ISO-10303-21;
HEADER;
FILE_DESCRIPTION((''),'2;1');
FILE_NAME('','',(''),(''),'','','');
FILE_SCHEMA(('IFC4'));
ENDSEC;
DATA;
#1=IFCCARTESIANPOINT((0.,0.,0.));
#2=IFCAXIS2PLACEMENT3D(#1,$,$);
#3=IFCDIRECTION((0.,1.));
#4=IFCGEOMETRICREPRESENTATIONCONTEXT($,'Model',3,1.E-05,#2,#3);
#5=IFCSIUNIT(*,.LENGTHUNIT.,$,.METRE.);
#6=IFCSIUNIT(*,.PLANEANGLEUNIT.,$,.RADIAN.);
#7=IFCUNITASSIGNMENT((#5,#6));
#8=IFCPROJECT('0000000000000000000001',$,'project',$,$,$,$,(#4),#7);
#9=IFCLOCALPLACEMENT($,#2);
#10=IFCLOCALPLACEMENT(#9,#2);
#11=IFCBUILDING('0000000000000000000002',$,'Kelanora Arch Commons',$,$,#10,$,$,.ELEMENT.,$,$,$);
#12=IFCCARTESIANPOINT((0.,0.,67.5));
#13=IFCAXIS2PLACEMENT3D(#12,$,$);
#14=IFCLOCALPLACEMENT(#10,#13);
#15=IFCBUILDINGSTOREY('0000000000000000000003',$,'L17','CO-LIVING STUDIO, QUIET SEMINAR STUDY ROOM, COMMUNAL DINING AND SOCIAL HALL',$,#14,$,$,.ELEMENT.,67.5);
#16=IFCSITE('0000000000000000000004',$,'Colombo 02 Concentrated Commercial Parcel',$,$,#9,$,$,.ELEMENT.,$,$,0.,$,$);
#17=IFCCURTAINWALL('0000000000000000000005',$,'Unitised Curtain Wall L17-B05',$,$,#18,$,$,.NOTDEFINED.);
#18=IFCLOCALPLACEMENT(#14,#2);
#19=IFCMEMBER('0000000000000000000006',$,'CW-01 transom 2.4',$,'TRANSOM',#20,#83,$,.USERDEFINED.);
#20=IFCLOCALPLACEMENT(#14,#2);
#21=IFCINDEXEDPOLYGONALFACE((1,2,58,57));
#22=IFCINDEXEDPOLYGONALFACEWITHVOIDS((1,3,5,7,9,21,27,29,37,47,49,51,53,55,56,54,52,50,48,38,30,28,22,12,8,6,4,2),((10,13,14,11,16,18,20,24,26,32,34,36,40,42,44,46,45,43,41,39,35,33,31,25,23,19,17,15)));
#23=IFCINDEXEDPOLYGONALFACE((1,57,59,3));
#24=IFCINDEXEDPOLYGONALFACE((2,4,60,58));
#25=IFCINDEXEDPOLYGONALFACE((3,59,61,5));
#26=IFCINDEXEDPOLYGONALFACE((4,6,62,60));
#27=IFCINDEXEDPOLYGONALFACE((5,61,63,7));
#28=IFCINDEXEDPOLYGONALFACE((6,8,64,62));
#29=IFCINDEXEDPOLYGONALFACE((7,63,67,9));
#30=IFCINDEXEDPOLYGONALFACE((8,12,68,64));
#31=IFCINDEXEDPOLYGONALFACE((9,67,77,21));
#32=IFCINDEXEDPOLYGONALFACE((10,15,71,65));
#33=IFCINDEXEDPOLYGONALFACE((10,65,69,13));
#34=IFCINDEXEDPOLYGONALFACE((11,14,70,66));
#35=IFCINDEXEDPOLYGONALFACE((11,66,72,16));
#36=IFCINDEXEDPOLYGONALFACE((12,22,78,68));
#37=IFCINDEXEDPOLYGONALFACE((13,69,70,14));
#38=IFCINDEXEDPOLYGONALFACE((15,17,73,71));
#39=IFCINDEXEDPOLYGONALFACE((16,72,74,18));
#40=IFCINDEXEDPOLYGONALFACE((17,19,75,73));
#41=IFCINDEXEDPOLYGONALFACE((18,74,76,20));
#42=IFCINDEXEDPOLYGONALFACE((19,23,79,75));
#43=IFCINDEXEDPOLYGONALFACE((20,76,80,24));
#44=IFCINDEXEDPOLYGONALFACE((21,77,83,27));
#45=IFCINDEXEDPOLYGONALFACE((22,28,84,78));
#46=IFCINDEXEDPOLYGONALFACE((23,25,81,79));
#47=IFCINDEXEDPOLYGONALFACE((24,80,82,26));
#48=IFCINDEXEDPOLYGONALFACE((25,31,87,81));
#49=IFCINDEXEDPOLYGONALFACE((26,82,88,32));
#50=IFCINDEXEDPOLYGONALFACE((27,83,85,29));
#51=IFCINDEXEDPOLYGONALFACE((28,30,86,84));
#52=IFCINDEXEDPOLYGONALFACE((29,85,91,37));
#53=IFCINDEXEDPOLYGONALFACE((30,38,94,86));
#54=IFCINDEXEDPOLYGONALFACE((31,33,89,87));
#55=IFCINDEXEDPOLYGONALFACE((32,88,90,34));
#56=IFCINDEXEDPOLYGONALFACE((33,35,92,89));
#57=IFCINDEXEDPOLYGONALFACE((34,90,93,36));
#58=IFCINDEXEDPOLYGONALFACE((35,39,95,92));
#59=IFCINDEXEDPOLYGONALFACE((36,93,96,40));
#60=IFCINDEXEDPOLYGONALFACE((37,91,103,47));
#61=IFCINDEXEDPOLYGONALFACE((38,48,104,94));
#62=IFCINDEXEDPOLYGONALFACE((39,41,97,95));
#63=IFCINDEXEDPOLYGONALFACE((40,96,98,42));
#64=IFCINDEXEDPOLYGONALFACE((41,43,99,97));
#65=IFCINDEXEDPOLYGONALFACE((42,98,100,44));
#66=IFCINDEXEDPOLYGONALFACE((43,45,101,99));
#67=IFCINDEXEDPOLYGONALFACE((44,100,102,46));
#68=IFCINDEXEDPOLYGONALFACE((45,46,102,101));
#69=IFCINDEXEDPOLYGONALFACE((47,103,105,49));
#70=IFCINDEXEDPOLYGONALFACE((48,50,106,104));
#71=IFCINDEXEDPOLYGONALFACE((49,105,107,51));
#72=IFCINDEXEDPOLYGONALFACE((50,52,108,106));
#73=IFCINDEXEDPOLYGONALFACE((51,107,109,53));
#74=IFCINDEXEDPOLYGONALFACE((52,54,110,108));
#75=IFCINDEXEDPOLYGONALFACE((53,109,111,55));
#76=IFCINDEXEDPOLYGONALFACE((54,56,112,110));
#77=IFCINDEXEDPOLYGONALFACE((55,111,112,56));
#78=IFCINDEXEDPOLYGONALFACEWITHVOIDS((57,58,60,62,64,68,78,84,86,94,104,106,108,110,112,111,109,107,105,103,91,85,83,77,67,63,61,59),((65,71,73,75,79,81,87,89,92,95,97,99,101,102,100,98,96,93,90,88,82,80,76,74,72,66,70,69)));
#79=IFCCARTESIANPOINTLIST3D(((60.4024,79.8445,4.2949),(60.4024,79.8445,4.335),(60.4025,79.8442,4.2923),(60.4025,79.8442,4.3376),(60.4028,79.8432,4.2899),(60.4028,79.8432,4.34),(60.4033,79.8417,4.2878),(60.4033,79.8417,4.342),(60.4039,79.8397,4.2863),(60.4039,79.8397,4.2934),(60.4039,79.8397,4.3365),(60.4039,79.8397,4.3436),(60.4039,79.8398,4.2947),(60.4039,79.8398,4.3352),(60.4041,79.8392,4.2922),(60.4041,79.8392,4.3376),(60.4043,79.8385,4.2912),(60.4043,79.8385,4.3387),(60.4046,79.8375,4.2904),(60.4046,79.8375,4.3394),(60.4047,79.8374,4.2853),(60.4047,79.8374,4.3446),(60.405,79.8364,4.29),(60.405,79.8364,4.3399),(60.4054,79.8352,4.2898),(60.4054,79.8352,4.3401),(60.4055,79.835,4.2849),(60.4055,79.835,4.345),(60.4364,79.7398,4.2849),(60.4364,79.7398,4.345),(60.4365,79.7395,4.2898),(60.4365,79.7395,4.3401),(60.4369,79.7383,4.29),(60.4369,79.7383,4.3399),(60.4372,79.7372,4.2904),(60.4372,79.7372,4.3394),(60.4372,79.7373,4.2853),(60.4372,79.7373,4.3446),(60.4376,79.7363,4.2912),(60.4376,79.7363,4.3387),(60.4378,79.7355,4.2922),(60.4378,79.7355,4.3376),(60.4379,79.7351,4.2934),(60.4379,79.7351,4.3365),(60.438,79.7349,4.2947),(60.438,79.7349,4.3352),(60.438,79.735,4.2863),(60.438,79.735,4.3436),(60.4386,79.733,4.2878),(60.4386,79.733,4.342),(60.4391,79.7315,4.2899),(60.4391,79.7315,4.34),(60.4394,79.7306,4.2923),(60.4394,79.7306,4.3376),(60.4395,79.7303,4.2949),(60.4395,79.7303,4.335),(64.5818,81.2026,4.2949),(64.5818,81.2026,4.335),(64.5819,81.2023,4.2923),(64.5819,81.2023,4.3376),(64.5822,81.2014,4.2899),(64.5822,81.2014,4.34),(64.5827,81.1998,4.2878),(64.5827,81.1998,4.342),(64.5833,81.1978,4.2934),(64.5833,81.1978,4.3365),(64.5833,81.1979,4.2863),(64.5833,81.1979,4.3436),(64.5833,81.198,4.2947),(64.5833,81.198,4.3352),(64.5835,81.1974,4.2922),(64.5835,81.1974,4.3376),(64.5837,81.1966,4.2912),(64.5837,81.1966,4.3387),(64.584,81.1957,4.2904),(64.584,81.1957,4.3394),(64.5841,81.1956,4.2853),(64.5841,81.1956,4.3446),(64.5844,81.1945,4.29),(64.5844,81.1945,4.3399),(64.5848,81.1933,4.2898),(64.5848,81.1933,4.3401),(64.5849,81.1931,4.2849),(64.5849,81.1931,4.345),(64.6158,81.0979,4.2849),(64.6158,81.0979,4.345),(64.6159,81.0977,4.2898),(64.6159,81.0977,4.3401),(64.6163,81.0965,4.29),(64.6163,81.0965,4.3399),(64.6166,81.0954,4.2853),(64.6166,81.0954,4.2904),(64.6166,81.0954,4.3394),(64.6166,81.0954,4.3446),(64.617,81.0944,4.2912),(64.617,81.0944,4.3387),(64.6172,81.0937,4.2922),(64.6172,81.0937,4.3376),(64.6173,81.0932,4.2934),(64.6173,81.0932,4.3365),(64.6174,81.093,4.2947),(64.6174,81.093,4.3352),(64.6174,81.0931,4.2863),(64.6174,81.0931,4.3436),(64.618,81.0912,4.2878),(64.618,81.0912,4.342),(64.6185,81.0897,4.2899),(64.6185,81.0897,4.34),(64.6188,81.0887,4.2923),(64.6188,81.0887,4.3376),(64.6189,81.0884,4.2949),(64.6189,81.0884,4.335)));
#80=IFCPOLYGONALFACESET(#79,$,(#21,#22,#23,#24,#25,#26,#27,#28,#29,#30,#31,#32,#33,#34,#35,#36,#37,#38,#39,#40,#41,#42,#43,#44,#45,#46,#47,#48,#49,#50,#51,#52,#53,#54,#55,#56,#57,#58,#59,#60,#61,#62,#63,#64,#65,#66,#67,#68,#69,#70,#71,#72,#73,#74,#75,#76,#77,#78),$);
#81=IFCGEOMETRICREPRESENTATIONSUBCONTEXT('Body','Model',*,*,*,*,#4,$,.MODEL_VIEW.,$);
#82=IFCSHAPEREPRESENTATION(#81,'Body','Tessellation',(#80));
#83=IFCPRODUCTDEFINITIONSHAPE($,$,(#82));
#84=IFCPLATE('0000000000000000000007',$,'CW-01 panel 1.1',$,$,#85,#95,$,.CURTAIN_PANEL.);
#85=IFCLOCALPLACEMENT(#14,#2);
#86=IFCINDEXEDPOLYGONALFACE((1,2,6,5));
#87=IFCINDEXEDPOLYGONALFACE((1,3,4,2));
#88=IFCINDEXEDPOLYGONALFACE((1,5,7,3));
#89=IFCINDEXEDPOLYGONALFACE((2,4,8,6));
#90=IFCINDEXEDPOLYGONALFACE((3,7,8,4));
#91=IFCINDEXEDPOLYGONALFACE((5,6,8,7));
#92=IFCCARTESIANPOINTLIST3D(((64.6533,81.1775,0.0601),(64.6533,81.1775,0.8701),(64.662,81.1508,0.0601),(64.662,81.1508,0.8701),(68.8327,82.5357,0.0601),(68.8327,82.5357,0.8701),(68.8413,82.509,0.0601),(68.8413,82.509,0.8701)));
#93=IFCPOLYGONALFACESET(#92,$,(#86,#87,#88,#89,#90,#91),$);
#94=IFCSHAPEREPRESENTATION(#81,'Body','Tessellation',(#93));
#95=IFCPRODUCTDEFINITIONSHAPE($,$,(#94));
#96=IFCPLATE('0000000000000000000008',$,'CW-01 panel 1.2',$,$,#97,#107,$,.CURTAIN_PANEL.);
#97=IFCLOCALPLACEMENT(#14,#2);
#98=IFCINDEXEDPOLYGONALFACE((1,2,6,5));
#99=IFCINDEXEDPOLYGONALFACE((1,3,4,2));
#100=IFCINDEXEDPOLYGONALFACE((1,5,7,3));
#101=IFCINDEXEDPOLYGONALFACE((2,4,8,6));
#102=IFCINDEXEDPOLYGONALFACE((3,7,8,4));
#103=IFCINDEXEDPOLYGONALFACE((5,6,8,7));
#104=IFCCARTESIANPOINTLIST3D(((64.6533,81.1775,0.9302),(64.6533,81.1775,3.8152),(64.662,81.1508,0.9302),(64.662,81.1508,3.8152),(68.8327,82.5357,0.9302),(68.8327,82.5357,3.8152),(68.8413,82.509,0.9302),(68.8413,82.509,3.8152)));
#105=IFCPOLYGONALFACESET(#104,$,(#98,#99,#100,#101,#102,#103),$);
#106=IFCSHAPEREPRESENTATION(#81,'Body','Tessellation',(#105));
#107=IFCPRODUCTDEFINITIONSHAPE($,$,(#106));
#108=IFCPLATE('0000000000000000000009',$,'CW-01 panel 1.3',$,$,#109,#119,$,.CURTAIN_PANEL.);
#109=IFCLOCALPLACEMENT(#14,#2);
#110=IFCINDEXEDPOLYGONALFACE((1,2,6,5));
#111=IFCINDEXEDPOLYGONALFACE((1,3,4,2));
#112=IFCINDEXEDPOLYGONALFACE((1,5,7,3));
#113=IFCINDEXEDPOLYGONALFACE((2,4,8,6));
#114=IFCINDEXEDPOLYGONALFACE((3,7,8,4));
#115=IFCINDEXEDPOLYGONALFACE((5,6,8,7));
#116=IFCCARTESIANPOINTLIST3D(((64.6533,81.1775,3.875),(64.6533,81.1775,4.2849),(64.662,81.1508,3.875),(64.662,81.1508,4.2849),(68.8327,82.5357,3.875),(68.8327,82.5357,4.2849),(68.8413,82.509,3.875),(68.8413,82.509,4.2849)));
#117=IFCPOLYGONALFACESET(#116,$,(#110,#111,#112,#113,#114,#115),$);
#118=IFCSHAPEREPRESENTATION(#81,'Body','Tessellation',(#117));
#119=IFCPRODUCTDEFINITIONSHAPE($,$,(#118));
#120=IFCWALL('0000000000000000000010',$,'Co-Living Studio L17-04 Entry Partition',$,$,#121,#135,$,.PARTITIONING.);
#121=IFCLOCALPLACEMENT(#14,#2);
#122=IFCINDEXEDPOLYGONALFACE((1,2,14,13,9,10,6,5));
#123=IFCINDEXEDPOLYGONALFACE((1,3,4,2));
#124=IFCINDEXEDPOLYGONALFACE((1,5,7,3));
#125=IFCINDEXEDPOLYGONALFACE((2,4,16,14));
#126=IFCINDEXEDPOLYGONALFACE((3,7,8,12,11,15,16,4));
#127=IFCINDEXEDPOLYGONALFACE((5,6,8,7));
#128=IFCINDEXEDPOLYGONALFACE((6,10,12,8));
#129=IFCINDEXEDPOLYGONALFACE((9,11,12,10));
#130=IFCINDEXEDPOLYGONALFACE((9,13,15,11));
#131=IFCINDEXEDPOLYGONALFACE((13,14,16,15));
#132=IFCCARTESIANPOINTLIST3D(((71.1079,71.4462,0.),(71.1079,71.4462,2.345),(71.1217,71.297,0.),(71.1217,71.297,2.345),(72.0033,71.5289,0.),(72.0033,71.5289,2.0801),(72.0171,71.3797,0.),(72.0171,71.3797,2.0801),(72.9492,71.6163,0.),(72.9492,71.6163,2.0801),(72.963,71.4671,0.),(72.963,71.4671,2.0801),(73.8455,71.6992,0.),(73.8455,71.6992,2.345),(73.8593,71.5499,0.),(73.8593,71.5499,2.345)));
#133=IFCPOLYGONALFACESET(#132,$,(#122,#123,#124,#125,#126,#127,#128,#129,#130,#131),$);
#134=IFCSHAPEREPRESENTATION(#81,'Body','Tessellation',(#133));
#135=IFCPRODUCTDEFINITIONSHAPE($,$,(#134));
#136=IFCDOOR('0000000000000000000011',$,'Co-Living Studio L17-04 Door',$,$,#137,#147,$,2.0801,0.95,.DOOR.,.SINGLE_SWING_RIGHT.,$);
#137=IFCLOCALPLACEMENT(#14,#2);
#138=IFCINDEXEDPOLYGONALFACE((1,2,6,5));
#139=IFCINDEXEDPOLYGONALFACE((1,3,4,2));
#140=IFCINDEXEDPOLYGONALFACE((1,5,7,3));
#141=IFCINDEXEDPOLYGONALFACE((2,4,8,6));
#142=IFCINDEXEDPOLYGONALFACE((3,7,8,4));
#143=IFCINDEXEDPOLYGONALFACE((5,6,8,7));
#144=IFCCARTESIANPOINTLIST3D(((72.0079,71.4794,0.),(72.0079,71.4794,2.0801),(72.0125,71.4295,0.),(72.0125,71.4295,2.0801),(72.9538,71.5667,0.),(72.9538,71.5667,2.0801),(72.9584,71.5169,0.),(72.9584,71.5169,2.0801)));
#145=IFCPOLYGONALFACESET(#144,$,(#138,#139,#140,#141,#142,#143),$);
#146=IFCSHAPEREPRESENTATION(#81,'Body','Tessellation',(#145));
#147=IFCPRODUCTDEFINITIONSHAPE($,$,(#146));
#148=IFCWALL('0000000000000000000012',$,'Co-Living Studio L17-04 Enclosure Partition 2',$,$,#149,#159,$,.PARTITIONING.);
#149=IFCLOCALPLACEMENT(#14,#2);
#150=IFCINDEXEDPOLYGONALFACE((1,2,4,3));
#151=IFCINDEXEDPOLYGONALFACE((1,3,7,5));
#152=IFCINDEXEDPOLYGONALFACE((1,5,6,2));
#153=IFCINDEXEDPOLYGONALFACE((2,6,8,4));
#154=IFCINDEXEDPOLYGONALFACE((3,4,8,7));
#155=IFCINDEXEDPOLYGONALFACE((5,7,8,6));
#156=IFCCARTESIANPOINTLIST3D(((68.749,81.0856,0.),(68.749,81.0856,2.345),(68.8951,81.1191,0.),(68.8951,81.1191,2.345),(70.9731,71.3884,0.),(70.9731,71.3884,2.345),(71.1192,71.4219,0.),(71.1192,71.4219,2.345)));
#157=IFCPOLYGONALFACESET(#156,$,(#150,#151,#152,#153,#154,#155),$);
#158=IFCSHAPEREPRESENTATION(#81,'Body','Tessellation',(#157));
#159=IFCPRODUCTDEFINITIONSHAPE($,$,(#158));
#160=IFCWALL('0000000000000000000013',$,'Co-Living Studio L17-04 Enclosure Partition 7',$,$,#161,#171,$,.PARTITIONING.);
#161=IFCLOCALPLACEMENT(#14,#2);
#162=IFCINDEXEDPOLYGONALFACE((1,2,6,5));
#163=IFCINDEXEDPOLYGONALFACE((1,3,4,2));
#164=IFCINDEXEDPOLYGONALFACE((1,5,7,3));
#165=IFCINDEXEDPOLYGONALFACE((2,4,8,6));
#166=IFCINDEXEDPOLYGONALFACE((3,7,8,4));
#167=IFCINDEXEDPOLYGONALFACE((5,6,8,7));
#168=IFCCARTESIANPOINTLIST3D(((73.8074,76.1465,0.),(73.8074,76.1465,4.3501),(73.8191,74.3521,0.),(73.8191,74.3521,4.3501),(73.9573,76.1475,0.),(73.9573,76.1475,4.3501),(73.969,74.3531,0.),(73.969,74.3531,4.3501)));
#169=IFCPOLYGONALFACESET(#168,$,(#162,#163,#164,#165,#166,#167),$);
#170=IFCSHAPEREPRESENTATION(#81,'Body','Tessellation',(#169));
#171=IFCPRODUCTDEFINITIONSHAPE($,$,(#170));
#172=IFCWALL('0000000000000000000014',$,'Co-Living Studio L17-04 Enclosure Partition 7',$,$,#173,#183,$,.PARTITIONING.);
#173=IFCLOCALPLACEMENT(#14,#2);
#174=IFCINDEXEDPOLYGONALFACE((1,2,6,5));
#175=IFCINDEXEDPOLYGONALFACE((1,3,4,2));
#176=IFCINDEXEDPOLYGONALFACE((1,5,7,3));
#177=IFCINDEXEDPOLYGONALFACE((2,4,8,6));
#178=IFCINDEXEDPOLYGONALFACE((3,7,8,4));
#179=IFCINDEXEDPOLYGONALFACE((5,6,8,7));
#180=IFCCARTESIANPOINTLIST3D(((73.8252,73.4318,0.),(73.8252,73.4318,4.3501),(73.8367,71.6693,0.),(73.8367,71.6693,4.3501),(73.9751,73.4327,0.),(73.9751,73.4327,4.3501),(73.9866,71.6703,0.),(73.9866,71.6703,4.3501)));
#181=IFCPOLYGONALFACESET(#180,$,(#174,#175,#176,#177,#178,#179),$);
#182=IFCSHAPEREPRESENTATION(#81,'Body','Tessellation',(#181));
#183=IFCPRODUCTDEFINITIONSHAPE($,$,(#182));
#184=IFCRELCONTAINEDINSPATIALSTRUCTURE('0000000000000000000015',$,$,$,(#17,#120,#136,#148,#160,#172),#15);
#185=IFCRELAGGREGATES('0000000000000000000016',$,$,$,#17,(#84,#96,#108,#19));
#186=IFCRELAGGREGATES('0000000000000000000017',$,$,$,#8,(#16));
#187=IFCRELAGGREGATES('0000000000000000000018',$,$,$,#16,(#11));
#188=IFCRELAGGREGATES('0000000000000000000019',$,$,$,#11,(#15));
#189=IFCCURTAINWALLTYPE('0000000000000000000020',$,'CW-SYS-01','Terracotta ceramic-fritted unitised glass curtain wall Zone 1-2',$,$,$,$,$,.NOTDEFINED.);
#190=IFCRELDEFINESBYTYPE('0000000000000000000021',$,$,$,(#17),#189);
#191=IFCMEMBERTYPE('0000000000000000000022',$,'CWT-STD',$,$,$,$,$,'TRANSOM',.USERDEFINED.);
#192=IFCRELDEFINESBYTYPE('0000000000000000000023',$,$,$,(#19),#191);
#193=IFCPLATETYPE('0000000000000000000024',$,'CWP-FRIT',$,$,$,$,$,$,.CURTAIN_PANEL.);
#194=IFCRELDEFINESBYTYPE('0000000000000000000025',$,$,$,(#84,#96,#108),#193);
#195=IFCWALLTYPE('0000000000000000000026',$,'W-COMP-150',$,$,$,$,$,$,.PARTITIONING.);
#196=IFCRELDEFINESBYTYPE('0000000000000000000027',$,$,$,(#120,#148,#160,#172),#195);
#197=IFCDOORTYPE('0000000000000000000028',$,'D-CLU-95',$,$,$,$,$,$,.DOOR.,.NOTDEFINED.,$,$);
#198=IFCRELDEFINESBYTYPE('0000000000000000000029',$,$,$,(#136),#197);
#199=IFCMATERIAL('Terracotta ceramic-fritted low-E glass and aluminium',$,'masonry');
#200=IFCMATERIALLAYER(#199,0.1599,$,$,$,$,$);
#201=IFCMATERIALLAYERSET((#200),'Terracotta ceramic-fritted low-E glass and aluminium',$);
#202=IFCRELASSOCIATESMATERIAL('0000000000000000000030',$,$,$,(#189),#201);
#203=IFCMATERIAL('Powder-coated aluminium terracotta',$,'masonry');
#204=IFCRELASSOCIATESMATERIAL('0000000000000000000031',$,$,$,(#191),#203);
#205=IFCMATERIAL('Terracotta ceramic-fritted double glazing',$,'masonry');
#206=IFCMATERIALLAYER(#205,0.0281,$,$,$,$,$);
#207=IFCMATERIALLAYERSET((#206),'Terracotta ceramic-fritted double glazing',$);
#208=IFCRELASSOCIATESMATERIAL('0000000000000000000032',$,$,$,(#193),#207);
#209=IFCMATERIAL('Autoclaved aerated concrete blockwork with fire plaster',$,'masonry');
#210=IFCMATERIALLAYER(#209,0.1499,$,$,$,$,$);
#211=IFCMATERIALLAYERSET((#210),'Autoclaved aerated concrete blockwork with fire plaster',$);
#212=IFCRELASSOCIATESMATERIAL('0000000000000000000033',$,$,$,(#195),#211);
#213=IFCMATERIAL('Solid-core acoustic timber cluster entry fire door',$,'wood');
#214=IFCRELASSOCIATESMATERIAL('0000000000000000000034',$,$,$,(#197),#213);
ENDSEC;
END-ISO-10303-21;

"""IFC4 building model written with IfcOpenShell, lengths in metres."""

from ifc_helpers import new_model, si_unit, direction, frame, frame_2d, origin, origin_2d, place, context, subcontext, project, spatial, rectangle, hollow_rectangle, extrude, source, transform, mapped, material, layer, layer_set, material_profile, profile_set, type_object, element, fill, aggregate, save


model = new_model("IFC4")

# Units and contexts
model_context = context("Model", 3, precision=1e-05, world=origin(), true_north=direction((0.0, 1.0)))
body_context = subcontext(model_context, "Body", "Model", "MODEL_VIEW")
ifc_project = project(units=[si_unit("LENGTHUNIT", "METRE"), si_unit("PLANEANGLEUNIT", "RADIAN")], contexts=[model_context])

# Site, building, storey
site_placement = place(None, origin())
site = spatial("IfcSite", under=ifc_project, at=site_placement, Name="Colombo 02 Concentrated Commercial Parcel", CompositionType="ELEMENT", RefElevation=0.0)
building_placement = place(site_placement, origin())
building = spatial("IfcBuilding", under=site, at=building_placement, Name="Kelanora Arch Commons", CompositionType="ELEMENT")
storey_placement = place(building_placement, frame((0.0, 0.0, 67.5)))
storey = spatial("IfcBuildingStorey", under=building, at=storey_placement, Name="L17", Description="CO-LIVING STUDIO, QUIET SEMINAR STUDY ROOM, COMMUNAL DINING AND SOCIAL HALL", CompositionType="ELEMENT", Elevation=67.5)

# Curtain wall, member, plates
ifc_material_1 = material(Name="Terracotta ceramic-fritted low-E glass and aluminium", Category="masonry")
ifc_layer_1 = layer(ifc_material_1, 0.1599)
ifc_layer_set_1 = layer_set([ifc_layer_1], Name="Terracotta ceramic-fritted low-E glass and aluminium")
curtain_wall_type = type_object("IfcCurtainWallType", Name="CW-SYS-01", Description="Terracotta ceramic-fritted unitised glass curtain wall Zone 1-2", PredefinedType="NOTDEFINED", material=ifc_layer_set_1)
curtain_wall_placement = place(storey_placement, origin())
curtain_wall = element("IfcCurtainWall", 1, at=curtain_wall_placement, inside=storey, type_object=curtain_wall_type, Name="Unitised Curtain Wall L17-B05", PredefinedType="NOTDEFINED")
ifc_material_2 = material(Name="Powder-coated aluminium terracotta", Category="masonry")
ifc_material_profile_1 = material_profile(ifc_material_2, hollow_rectangle(XDim=0.1201, YDim=0.0601, WallThickness=0.0049, InnerFilletRadius=0.0049, OuterFilletRadius=0.01, at=origin_2d()), Name="CWT120x60")
ifc_profile_set_1 = profile_set([ifc_material_profile_1], Name="Powder-coated aluminium terracotta")
member_type_1 = type_object("IfcMemberType", Name="CWT-STD", ElementType="TRANSOM", PredefinedType="USERDEFINED", material=ifc_profile_set_1)
member_1_placement = place(storey_placement, frame((64.6003, 81.1455, 4.3149), z_axis=(-0.951045, -0.309052, 0.0), x_axis=(0.309052, -0.951045, 0.0)))
member_1 = element("IfcMember", 2, at=member_1_placement, type_object=member_type_1, Name="CW-01 transom 2.4", ObjectType="TRANSOM", PredefinedType="USERDEFINED", context=body_context, shape_type="SweptSolid", body=[
    extrude(hollow_rectangle(XDim=0.1201, YDim=0.0601, WallThickness=0.0049, InnerFilletRadius=0.0049, OuterFilletRadius=0.01, at=origin_2d()), origin(), (0.0, 0.0, 1.0), 4.3945),
])
ifc_material_3 = material(Name="Terracotta ceramic-fritted double glazing", Category="masonry")
ifc_layer_2 = layer(ifc_material_3, 0.0281)
ifc_layer_set_2 = layer_set([ifc_layer_2], Name="Terracotta ceramic-fritted double glazing")
plate_type = type_object("IfcPlateType", Name="CWP-FRIT", PredefinedType="CURTAIN_PANEL", material=ifc_layer_set_2)
shared_shape_1 = source(origin(), body_context, "Body", "SweptSolid", [
    extrude(rectangle(XDim=4.3945, YDim=0.0281, at=origin_2d()), origin(), (0.0, 0.0, 1.0), 0.8101),
])
plate_1_placement = place(storey_placement, frame((66.7473, 81.8433, 0.0601), z_axis=(0.0, 0.0, 1.0), x_axis=(-0.951043, -0.309058, 0.0)))
plate_1 = element("IfcPlate", 3, at=plate_1_placement, type_object=plate_type, Name="CW-01 panel 1.1", PredefinedType="CURTAIN_PANEL", context=body_context, shape_type="MappedRepresentation", body=[
    mapped(shared_shape_1, transform((0.0, 0.0, 0.0), scale=1.0)),
])
shared_shape_2 = source(origin(), body_context, "Body", "SweptSolid", [
    extrude(rectangle(XDim=4.3945, YDim=0.0281, at=origin_2d()), origin(), (0.0, 0.0, 1.0), 2.885),
])
plate_2_placement = place(storey_placement, frame((66.7473, 81.8433, 0.9302), z_axis=(0.0, 0.0, 1.0), x_axis=(-0.951043, -0.309058, 0.0)))
plate_2 = element("IfcPlate", 4, at=plate_2_placement, type_object=plate_type, Name="CW-01 panel 1.2", PredefinedType="CURTAIN_PANEL", context=body_context, shape_type="MappedRepresentation", body=[
    mapped(shared_shape_2, transform((0.0, 0.0, 0.0), scale=1.0)),
])
shared_shape_3 = source(origin(), body_context, "Body", "SweptSolid", [
    extrude(rectangle(XDim=4.3945, YDim=0.0281, at=origin_2d()), origin(), (0.0, 0.0, 1.0), 0.4099),
])
plate_3_placement = place(storey_placement, frame((66.7473, 81.8433, 3.875), z_axis=(0.0, 0.0, 1.0), x_axis=(-0.951043, -0.309058, 0.0)))
plate_3 = element("IfcPlate", 5, at=plate_3_placement, type_object=plate_type, Name="CW-01 panel 1.3", PredefinedType="CURTAIN_PANEL", context=body_context, shape_type="MappedRepresentation", body=[
    mapped(shared_shape_3, transform((0.0, 0.0, 0.0), scale=1.0)),
])
aggregate(curtain_wall, [plate_1, plate_2, plate_3, member_1])

# Wall, opening, door
ifc_material_4 = material(Name="Autoclaved aerated concrete blockwork with fire plaster", Category="masonry")
ifc_layer_3 = layer(ifc_material_4, 0.1499)
ifc_layer_set_3 = layer_set([ifc_layer_3], Name="Autoclaved aerated concrete blockwork with fire plaster")
wall_type_1 = type_object("IfcWallType", Name="W-COMP-150", PredefinedType="PARTITIONING", material=ifc_layer_set_3)
wall_1_placement = place(storey_placement, frame((73.8523, 71.6245, 0.0), z_axis=(0.0, 0.0, 1.0), x_axis=(-0.995759, -0.092001, 0.0)))
wall_1 = element("IfcWall", 6, at=wall_1_placement, inside=storey, type_object=wall_type_1, Name="Co-Living Studio L17-04 Entry Partition", PredefinedType="PARTITIONING", context=body_context, shape_type="SweptSolid", body=[
    extrude(rectangle(XDim=2.7493, YDim=0.1499, at=frame_2d((1.3745, 0.0))), origin(), (0.0, 0.0, 1.0), 2.345),
])
opening_1_placement = place(wall_1_placement, frame((0.8999, 0.0, 0.0)))
opening_1 = element("IfcOpeningElement", 7, at=opening_1_placement, cuts=wall_1, PredefinedType="OPENING", context=body_context, shape_type="SweptSolid", body=[
    extrude(rectangle(XDim=0.95, YDim=2.0801, at=frame_2d((0.4751, 1.04))), frame((0.0, 0.085, 0.0), z_axis=(0.0, -1.0, 0.0), x_axis=(1.0, 0.0, 0.0)), (0.0, 0.0, 1.0), 0.1699),
])
ifc_material_5 = material(Name="Solid-core acoustic timber cluster entry fire door", Category="wood")
door_type_1 = type_object("IfcDoorType", Name="D-CLU-95", OperationType="NOTDEFINED", PredefinedType="DOOR", material=ifc_material_5)
door_1_placement = place(opening_1_placement, origin())
door_1 = element("IfcDoor", 8, at=door_1_placement, inside=storey, type_object=door_type_1, Name="Co-Living Studio L17-04 Door", OperationType="SINGLE_SWING_RIGHT", OverallHeight=2.0801, OverallWidth=0.95, PredefinedType="DOOR", context=body_context, shape_type="SweptSolid", body=[
    extrude(rectangle(XDim=0.95, YDim=2.0801, at=frame_2d((0.4751, 1.04))), frame((0.0, 0.0249, 0.0), z_axis=(0.0, -1.0, 0.0), x_axis=(1.0, 0.0, 0.0)), (0.0, 0.0, 1.0), 0.05),
])
fill(opening_1, door_1)

# Walls
wall_2_placement = place(storey_placement, frame((71.0461, 71.405, 0.0), z_axis=(0.0, 0.0, 1.0), x_axis=(-0.223551, 0.974692, 0.0)))
element("IfcWall", 9, at=wall_2_placement, inside=storey, type_object=wall_type_1, Name="Co-Living Studio L17-04 Enclosure Partition 2", PredefinedType="PARTITIONING", context=body_context, shape_type="SweptSolid", body=[
    extrude(rectangle(XDim=9.949, YDim=0.1499, at=frame_2d((4.9746, 0.0))), origin(), (0.0, 0.0, 1.0), 2.345),
])
wall_3_placement = place(storey_placement, frame((73.8823, 76.147, 0.0), z_axis=(0.0, 0.0, 1.0), x_axis=(0.00653, -0.999979, 0.0)))
element("IfcWall", 10, at=wall_3_placement, inside=storey, type_object=wall_type_1, Name="Co-Living Studio L17-04 Enclosure Partition 7", PredefinedType="PARTITIONING", context=body_context, shape_type="SweptSolid", body=[
    extrude(rectangle(XDim=1.7944, YDim=0.1499, at=frame_2d((0.8972, 0.0))), origin(), (0.0, 0.0, 1.0), 4.3501),
])
wall_4_placement = place(storey_placement, frame((73.9001, 73.4324, 0.0), z_axis=(0.0, 0.0, 1.0), x_axis=(0.00651, -0.999979, 0.0)))
element("IfcWall", 11, at=wall_4_placement, inside=storey, type_object=wall_type_1, Name="Co-Living Studio L17-04 Enclosure Partition 7", PredefinedType="PARTITIONING", context=body_context, shape_type="SweptSolid", body=[
    extrude(rectangle(XDim=1.7625, YDim=0.1499, at=frame_2d((0.8813, 0.0))), origin(), (0.0, 0.0, 1.0), 4.3501),
])

save(model, "model.ifc")
